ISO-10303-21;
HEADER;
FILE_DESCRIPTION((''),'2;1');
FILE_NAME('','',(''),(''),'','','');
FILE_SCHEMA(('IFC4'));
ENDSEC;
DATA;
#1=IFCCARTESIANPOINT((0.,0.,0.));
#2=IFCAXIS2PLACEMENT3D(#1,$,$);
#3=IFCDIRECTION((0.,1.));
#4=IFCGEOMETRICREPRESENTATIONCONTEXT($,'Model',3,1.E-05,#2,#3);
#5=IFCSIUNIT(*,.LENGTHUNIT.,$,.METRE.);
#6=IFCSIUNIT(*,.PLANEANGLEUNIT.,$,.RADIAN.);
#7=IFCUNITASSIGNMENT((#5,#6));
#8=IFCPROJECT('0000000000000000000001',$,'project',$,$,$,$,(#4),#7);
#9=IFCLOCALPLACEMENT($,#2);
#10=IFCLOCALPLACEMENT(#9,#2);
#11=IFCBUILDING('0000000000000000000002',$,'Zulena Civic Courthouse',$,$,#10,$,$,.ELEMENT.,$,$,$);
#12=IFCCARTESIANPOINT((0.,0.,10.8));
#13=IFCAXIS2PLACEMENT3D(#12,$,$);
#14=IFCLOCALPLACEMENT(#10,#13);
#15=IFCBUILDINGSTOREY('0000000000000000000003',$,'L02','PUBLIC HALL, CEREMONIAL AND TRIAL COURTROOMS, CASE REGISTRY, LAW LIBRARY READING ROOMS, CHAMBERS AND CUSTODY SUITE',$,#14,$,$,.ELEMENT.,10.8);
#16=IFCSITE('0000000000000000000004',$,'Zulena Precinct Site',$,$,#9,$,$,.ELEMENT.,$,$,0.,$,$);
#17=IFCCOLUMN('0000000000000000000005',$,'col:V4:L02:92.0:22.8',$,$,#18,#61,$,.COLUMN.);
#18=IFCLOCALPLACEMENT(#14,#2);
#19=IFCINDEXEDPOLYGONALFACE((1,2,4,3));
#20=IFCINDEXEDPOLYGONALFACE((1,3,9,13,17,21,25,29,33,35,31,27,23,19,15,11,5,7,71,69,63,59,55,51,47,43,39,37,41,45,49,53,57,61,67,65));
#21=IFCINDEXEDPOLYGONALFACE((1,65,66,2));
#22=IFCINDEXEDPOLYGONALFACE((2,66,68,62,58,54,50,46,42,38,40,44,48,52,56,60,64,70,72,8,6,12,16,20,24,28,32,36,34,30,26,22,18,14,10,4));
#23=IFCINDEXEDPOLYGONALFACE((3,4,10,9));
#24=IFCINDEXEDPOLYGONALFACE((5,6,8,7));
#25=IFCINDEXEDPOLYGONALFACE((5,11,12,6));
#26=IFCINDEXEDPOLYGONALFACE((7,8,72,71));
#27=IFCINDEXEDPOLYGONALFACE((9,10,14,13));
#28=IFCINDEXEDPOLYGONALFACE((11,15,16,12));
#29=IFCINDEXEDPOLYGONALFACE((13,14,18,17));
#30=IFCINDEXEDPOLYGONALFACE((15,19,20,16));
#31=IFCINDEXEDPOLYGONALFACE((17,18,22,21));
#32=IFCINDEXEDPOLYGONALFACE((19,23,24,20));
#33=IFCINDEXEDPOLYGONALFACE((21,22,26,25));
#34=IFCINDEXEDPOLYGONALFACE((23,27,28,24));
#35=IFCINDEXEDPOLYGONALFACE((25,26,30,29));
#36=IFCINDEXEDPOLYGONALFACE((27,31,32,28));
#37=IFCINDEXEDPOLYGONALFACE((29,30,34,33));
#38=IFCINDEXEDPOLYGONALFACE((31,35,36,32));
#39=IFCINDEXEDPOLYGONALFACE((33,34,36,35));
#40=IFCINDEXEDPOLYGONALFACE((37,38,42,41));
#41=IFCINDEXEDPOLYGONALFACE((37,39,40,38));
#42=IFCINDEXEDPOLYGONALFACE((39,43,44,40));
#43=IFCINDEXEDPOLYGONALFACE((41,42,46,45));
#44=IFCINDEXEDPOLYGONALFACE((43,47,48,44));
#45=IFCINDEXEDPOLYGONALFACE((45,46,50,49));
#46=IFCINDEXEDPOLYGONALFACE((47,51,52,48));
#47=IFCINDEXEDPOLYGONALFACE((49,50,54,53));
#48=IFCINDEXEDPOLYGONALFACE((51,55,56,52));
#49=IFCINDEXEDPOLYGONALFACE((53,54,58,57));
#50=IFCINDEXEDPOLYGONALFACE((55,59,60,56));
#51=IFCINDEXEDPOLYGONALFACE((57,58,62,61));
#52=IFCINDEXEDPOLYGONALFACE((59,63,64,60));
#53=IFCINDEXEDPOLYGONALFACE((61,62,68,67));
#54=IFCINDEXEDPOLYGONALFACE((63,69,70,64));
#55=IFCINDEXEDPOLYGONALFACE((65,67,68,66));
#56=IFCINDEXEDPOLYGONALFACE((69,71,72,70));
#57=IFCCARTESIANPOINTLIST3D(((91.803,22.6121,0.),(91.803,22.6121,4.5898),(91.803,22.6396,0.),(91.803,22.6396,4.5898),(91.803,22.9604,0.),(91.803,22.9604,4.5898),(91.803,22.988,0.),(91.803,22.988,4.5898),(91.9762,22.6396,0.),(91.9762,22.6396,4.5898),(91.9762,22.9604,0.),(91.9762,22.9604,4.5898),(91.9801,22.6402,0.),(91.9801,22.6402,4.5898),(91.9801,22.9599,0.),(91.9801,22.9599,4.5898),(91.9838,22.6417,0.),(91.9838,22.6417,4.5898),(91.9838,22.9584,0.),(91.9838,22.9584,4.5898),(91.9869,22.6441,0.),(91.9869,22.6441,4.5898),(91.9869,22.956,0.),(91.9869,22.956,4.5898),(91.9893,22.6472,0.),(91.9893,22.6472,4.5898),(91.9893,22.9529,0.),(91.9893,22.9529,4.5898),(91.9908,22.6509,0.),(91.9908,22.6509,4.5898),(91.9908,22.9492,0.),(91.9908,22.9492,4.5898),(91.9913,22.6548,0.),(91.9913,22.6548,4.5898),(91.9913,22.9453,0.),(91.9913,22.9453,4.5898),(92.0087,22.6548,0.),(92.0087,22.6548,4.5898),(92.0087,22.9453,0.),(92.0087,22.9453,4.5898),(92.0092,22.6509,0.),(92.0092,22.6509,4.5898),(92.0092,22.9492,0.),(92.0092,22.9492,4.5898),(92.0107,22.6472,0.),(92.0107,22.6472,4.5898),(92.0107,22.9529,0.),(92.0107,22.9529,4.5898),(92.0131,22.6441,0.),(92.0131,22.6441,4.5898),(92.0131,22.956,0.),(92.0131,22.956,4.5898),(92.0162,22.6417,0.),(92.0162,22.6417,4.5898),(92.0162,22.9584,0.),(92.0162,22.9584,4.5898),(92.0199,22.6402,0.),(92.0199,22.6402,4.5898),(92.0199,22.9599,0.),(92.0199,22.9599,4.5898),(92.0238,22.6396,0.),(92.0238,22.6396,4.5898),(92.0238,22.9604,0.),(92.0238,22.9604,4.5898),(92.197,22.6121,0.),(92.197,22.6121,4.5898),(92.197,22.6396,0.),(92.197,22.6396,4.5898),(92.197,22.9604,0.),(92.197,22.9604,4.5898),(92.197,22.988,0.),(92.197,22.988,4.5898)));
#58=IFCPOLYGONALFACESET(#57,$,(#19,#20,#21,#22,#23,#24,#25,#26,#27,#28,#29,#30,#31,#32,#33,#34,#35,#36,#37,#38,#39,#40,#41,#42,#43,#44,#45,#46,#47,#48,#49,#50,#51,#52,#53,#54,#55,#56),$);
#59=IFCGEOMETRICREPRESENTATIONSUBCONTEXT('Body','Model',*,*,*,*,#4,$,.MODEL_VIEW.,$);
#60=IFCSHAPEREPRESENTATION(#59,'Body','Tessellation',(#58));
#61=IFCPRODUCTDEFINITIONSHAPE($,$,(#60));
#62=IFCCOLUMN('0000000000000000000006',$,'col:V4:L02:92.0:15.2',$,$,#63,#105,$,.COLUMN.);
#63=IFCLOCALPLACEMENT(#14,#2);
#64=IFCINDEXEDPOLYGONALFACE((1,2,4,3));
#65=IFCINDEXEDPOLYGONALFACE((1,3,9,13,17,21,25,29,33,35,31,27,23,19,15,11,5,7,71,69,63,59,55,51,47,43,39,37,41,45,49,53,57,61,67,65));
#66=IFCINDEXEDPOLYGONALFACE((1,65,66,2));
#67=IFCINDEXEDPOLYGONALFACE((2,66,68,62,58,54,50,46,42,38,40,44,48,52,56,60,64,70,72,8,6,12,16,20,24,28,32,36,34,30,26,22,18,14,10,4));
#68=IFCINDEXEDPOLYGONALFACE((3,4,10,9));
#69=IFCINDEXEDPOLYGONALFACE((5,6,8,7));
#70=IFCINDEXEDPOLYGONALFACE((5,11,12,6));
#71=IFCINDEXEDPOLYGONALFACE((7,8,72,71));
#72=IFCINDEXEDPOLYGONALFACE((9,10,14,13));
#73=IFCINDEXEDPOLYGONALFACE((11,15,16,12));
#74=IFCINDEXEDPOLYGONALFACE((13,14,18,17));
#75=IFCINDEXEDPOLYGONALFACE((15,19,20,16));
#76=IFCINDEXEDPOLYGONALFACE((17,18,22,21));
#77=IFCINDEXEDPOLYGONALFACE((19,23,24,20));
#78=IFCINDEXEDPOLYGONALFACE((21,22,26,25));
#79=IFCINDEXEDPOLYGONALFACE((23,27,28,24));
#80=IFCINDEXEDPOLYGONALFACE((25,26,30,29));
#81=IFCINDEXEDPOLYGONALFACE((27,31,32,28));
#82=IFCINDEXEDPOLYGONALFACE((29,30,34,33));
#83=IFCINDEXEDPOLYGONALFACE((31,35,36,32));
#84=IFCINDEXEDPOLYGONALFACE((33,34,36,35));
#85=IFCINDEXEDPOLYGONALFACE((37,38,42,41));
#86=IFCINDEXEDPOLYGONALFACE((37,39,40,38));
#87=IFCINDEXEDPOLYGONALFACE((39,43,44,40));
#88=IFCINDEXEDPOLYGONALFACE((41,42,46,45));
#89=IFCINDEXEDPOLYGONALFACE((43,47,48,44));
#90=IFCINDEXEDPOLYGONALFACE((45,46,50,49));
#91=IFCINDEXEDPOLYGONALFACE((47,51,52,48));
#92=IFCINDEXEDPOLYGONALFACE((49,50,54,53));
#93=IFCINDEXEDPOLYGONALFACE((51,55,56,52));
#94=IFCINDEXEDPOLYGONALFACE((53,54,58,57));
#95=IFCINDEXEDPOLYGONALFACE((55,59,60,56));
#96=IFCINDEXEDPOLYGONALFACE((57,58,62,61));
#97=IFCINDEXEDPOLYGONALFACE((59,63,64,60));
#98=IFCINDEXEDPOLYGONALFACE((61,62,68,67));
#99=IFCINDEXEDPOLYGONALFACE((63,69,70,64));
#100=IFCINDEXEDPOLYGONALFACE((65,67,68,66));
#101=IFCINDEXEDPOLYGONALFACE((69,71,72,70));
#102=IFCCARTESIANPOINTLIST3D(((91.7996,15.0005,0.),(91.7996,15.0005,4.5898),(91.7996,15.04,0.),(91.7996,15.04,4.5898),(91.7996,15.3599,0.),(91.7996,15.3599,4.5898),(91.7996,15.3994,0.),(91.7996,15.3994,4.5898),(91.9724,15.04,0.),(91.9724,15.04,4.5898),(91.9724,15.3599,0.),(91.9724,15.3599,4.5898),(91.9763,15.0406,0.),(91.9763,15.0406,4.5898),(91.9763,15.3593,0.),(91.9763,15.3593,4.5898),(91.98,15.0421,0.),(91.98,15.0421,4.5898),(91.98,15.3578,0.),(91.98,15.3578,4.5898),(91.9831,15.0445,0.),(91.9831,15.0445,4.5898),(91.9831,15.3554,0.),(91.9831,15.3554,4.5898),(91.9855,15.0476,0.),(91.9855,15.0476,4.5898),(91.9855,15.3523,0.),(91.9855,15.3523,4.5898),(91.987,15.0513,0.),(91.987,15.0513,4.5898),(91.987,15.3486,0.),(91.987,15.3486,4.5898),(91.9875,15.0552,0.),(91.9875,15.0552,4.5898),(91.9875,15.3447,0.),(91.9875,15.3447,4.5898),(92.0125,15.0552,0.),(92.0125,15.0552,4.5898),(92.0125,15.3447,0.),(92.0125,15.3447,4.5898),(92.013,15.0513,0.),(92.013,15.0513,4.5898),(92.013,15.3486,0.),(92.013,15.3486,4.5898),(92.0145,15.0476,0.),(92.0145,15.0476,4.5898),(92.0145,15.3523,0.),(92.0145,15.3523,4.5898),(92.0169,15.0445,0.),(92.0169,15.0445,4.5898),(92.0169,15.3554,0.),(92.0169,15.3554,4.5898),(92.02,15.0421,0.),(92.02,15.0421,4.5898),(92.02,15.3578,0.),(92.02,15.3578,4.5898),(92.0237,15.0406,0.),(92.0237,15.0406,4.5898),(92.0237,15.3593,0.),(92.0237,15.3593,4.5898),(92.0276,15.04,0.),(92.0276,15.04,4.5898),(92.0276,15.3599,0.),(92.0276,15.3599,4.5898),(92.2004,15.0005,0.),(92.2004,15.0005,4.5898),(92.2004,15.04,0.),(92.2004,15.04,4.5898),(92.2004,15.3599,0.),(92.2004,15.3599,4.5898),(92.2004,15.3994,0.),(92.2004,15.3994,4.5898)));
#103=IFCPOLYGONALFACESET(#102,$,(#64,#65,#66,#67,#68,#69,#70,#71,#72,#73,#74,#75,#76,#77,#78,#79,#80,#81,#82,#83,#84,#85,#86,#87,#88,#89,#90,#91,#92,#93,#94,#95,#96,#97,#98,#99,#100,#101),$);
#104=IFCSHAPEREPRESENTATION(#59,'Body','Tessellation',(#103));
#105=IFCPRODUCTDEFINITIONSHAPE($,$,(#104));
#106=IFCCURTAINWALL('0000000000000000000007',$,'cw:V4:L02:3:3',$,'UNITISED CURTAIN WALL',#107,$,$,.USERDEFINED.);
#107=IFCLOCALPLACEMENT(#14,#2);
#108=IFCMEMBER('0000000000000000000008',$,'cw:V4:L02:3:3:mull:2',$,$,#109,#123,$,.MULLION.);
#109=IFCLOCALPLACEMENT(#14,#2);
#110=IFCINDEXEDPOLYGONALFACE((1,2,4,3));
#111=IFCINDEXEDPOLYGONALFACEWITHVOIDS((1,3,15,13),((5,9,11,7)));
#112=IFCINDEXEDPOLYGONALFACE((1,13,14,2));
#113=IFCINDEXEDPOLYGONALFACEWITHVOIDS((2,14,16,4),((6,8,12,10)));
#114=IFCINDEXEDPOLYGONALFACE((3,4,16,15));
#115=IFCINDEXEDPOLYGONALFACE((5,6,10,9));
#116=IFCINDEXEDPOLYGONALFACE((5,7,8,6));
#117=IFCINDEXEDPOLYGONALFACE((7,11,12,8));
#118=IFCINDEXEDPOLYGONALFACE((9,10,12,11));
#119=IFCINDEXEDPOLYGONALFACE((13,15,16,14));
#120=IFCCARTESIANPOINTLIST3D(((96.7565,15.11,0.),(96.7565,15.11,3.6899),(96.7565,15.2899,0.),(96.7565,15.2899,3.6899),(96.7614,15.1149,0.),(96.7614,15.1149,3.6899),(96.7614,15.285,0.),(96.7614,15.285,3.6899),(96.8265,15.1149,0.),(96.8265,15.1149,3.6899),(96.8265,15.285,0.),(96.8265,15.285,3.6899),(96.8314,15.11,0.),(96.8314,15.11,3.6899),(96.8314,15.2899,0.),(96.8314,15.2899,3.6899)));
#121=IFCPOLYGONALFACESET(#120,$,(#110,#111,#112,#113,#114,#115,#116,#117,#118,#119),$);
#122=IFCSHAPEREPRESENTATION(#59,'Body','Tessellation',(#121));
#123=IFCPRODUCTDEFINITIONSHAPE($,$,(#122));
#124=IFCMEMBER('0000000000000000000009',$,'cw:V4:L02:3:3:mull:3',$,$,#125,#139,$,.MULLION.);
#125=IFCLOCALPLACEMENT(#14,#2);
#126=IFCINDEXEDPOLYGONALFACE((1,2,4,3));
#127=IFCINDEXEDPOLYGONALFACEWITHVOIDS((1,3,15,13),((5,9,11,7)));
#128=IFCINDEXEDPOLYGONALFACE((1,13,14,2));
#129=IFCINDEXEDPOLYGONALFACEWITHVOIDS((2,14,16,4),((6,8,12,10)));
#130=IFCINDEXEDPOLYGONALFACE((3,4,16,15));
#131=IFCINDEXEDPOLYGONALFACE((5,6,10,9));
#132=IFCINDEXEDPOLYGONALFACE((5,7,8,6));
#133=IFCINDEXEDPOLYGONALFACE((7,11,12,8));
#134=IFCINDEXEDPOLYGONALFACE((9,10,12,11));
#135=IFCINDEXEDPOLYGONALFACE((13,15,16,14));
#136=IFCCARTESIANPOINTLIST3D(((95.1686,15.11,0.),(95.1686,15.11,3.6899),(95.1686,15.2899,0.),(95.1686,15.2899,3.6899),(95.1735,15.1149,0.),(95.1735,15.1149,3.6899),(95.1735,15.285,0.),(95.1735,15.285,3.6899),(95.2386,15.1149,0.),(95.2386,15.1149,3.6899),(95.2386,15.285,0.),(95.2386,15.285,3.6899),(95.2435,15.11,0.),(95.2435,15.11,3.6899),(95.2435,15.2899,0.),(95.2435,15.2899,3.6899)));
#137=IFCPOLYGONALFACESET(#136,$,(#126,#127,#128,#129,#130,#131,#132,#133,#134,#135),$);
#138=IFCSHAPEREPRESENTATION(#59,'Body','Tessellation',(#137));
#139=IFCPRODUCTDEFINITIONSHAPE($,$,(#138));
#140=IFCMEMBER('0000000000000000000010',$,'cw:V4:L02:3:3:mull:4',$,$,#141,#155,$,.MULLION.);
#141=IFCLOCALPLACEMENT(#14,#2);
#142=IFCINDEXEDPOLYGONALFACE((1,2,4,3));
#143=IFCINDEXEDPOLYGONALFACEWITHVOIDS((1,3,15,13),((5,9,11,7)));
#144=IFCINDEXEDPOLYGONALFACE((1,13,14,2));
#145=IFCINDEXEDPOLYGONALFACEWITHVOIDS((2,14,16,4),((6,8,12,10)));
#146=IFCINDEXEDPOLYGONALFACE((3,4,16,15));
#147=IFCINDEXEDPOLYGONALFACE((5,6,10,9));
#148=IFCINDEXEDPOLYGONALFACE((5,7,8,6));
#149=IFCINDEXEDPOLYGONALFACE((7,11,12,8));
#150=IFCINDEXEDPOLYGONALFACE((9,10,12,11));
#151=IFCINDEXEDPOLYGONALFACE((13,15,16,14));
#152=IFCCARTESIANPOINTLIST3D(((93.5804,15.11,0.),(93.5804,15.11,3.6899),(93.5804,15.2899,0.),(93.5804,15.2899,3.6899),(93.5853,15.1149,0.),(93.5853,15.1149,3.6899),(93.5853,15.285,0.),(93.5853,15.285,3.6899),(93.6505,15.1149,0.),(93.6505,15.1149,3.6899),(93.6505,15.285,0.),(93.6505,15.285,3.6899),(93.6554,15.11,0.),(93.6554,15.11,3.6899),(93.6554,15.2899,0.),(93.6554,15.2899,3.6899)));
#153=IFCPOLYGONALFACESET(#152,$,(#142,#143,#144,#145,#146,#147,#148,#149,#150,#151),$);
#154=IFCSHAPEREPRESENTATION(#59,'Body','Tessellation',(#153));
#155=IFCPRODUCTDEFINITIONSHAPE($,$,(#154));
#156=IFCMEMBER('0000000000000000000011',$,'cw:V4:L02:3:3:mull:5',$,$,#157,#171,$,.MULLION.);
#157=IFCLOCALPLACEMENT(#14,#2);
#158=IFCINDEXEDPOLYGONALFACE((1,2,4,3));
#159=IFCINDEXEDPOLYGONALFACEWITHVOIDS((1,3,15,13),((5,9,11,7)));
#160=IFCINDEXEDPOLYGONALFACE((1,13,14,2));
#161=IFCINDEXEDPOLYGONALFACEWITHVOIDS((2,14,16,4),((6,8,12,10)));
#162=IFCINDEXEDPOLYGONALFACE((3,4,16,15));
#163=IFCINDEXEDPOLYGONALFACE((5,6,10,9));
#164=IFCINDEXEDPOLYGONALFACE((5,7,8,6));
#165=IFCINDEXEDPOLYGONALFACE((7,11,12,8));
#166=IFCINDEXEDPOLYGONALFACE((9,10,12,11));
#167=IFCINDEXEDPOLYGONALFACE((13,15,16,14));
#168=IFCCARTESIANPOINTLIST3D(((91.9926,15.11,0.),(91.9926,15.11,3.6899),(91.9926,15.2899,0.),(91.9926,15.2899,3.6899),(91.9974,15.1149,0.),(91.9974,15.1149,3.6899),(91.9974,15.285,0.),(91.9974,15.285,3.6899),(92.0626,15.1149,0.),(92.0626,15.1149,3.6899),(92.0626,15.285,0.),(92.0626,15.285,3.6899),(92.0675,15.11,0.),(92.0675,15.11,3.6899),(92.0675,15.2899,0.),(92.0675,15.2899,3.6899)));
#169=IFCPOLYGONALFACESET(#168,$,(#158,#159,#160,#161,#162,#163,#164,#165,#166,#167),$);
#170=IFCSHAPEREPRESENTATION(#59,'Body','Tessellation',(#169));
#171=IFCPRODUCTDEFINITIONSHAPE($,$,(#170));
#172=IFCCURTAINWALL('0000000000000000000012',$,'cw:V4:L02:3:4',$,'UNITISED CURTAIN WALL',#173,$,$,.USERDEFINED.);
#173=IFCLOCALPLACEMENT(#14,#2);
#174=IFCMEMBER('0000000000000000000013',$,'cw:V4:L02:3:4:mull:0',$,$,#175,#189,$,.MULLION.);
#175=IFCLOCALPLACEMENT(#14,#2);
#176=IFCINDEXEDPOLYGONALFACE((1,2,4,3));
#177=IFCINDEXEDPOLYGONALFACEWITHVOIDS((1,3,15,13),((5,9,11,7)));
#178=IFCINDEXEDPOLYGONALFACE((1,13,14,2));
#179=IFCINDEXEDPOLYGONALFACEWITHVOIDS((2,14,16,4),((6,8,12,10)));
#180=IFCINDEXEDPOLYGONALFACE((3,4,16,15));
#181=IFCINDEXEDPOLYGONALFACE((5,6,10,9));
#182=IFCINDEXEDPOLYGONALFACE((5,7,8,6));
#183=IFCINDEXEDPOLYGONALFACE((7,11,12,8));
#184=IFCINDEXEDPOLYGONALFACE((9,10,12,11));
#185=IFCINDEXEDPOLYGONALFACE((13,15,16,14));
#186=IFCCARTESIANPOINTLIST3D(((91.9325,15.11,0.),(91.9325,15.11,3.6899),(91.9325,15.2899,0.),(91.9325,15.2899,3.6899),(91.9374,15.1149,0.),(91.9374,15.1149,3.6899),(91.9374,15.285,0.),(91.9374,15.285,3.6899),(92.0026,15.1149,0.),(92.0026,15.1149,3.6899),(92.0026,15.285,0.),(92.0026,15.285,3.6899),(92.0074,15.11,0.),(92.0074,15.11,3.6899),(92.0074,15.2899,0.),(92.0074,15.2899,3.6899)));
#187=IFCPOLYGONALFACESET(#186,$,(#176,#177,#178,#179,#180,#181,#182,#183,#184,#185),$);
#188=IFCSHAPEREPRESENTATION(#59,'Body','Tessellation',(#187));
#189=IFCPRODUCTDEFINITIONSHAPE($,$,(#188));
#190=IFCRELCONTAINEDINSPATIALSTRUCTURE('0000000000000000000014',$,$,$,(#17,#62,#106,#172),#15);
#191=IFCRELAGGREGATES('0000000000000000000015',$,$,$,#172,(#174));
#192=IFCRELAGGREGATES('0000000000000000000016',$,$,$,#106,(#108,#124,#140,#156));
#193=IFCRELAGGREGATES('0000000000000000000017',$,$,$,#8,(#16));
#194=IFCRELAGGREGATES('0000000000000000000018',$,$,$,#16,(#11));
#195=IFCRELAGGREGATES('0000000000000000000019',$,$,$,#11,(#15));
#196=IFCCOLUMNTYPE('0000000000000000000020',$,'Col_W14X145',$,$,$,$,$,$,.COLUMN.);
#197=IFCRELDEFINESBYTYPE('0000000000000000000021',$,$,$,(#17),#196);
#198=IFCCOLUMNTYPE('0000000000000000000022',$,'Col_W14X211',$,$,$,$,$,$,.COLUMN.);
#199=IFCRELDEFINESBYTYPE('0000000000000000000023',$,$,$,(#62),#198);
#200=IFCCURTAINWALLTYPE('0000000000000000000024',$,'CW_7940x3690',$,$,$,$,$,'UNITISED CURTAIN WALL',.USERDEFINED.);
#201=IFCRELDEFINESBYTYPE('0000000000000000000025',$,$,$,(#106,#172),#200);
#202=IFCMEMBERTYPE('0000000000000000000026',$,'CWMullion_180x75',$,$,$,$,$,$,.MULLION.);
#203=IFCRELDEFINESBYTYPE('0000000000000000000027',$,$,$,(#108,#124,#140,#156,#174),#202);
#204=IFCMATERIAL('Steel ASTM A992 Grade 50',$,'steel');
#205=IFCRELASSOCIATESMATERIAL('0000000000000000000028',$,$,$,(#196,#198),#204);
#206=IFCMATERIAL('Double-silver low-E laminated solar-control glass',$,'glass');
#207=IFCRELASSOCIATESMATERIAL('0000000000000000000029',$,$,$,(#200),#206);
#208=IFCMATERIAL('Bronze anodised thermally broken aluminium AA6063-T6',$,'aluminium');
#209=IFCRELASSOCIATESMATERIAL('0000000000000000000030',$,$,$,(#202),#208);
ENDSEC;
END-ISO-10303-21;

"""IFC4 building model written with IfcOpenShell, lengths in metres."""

from ifc_helpers import new_model, si_unit, direction, frame, origin, origin_2d, place, context, subcontext, project, spatial, hollow_rectangle, i_section, extrude, material, material_profile, profile_set, type_object, element, aggregate, save


model = new_model("IFC4")

# Units and contexts
model_context = context("Model", 3, precision=1e-05, world=origin(), true_north=direction((0.0, 1.0)))
body_context = subcontext(model_context, "Body", "Model", "MODEL_VIEW")
ifc_project = project(units=[si_unit("LENGTHUNIT", "METRE"), si_unit("PLANEANGLEUNIT", "RADIAN")], contexts=[model_context])

# Site, building, storey
site_placement = place(None, origin())
site = spatial("IfcSite", under=ifc_project, at=site_placement, Name="Zulena Precinct Site", CompositionType="ELEMENT", RefElevation=0.0)
building_placement = place(site_placement, origin())
building = spatial("IfcBuilding", under=site, at=building_placement, Name="Zulena Civic Courthouse", CompositionType="ELEMENT")
storey_placement = place(building_placement, frame((0.0, 0.0, 10.8)))
storey = spatial("IfcBuildingStorey", under=building, at=storey_placement, Name="L02", Description="PUBLIC HALL, CEREMONIAL AND TRIAL COURTROOMS, CASE REGISTRY, LAW LIBRARY READING ROOMS, CHAMBERS AND CUSTODY SUITE", CompositionType="ELEMENT", Elevation=10.8)

# Columns
ifc_material_1 = material(Name="Steel ASTM A992 Grade 50", Category="steel")
ifc_material_profile_1 = material_profile(ifc_material_1, i_section(OverallWidth=0.394, OverallDepth=0.376, WebThickness=0.0173, FlangeThickness=0.0276, FilletRadius=0.0151, at=origin_2d()), Name="W14X145")
ifc_profile_set_1 = profile_set([ifc_material_profile_1], Name="Steel ASTM A992 Grade 50")
column_type_1 = type_object("IfcColumnType", Name="Col_W14X145", PredefinedType="COLUMN", material=ifc_profile_set_1)
column_1_placement = place(storey_placement, frame((92.0, 22.8, 0.0), z_axis=(0.0, 0.0, 1.0), x_axis=(1.0, 0.0, 0.0)))
element("IfcColumn", 1, at=column_1_placement, inside=storey, type_object=column_type_1, Name="col:V4:L02:92.0:22.8", PredefinedType="COLUMN", context=body_context, shape_type="SweptSolid", body=[
    extrude(i_section(OverallWidth=0.394, OverallDepth=0.376, WebThickness=0.0173, FlangeThickness=0.0276, FilletRadius=0.0151, at=origin_2d()), origin(), (0.0, 0.0, 1.0), 4.5898),
])
ifc_material_profile_2 = material_profile(ifc_material_1, i_section(OverallWidth=0.4009, OverallDepth=0.3989, WebThickness=0.0249, FlangeThickness=0.0396, FilletRadius=0.0151, at=origin_2d()), Name="W14X211")
ifc_profile_set_2 = profile_set([ifc_material_profile_2], Name="Steel ASTM A992 Grade 50")
column_type_2 = type_object("IfcColumnType", Name="Col_W14X211", PredefinedType="COLUMN", material=ifc_profile_set_2)
column_2_placement = place(storey_placement, frame((92.0, 15.2, 0.0), z_axis=(0.0, 0.0, 1.0), x_axis=(1.0, 0.0, 0.0)))
element("IfcColumn", 2, at=column_2_placement, inside=storey, type_object=column_type_2, Name="col:V4:L02:92.0:15.2", PredefinedType="COLUMN", context=body_context, shape_type="SweptSolid", body=[
    extrude(i_section(OverallWidth=0.4009, OverallDepth=0.3989, WebThickness=0.0249, FlangeThickness=0.0396, FilletRadius=0.0151, at=origin_2d()), origin(), (0.0, 0.0, 1.0), 4.5898),
])

# Curtain walls, members
ifc_material_2 = material(Name="Double-silver low-E laminated solar-control glass", Category="glass")
curtain_wall_type = type_object("IfcCurtainWallType", Name="CW_7940x3690", ElementType="UNITISED CURTAIN WALL", PredefinedType="USERDEFINED", material=ifc_material_2)
curtain_wall_1_placement = place(storey_placement, origin())
curtain_wall_1 = element("IfcCurtainWall", 3, at=curtain_wall_1_placement, inside=storey, type_object=curtain_wall_type, Name="cw:V4:L02:3:3", ObjectType="UNITISED CURTAIN WALL", PredefinedType="USERDEFINED")
ifc_material_3 = material(Name="Bronze anodised thermally broken aluminium AA6063-T6", Category="aluminium")
ifc_material_profile_3 = material_profile(ifc_material_3, hollow_rectangle(XDim=0.075, YDim=0.1799, WallThickness=0.0049, at=origin_2d()), Name="CWM180X75X5")
ifc_profile_set_3 = profile_set([ifc_material_profile_3], Name="Bronze anodised thermally broken aluminium AA6063-T6")
member_type_1 = type_object("IfcMemberType", Name="CWMullion_180x75", PredefinedType="MULLION", material=ifc_profile_set_3)
member_1_placement = place(storey_placement, frame((96.7939, 15.2, 0.0), z_axis=(0.0, 0.0, 1.0), x_axis=(1.0, 0.0, 0.0)))
member_1 = element("IfcMember", 4, at=member_1_placement, type_object=member_type_1, Name="cw:V4:L02:3:3:mull:2", PredefinedType="MULLION", context=body_context, shape_type="SweptSolid", body=[
    extrude(hollow_rectangle(XDim=0.075, YDim=0.1799, WallThickness=0.0049, at=origin_2d()), origin(), (0.0, 0.0, 1.0), 3.6899),
])
member_2_placement = place(storey_placement, frame((95.2061, 15.2, 0.0), z_axis=(0.0, 0.0, 1.0), x_axis=(1.0, 0.0, 0.0)))
member_2 = element("IfcMember", 5, at=member_2_placement, type_object=member_type_1, Name="cw:V4:L02:3:3:mull:3", PredefinedType="MULLION", context=body_context, shape_type="SweptSolid", body=[
    extrude(hollow_rectangle(XDim=0.075, YDim=0.1799, WallThickness=0.0049, at=origin_2d()), origin(), (0.0, 0.0, 1.0), 3.6899),
])
member_3_placement = place(storey_placement, frame((93.6179, 15.2, 0.0), z_axis=(0.0, 0.0, 1.0), x_axis=(1.0, 0.0, 0.0)))
member_3 = element("IfcMember", 6, at=member_3_placement, type_object=member_type_1, Name="cw:V4:L02:3:3:mull:4", PredefinedType="MULLION", context=body_context, shape_type="SweptSolid", body=[
    extrude(hollow_rectangle(XDim=0.075, YDim=0.1799, WallThickness=0.0049, at=origin_2d()), origin(), (0.0, 0.0, 1.0), 3.6899),
])
member_4_placement = place(storey_placement, frame((92.03, 15.2, 0.0), z_axis=(0.0, 0.0, 1.0), x_axis=(1.0, 0.0, 0.0)))
member_4 = element("IfcMember", 7, at=member_4_placement, type_object=member_type_1, Name="cw:V4:L02:3:3:mull:5", PredefinedType="MULLION", context=body_context, shape_type="SweptSolid", body=[
    extrude(hollow_rectangle(XDim=0.075, YDim=0.1799, WallThickness=0.0049, at=origin_2d()), origin(), (0.0, 0.0, 1.0), 3.6899),
])
curtain_wall_2_placement = place(storey_placement, origin())
curtain_wall_2 = element("IfcCurtainWall", 8, at=curtain_wall_2_placement, inside=storey, type_object=curtain_wall_type, Name="cw:V4:L02:3:4", ObjectType="UNITISED CURTAIN WALL", PredefinedType="USERDEFINED")
member_5_placement = place(storey_placement, frame((91.97, 15.2, 0.0), z_axis=(0.0, 0.0, 1.0), x_axis=(1.0, 0.0, 0.0)))
member_5 = element("IfcMember", 9, at=member_5_placement, type_object=member_type_1, Name="cw:V4:L02:3:4:mull:0", PredefinedType="MULLION", context=body_context, shape_type="SweptSolid", body=[
    extrude(hollow_rectangle(XDim=0.075, YDim=0.1799, WallThickness=0.0049, at=origin_2d()), origin(), (0.0, 0.0, 1.0), 3.6899),
])
aggregate(curtain_wall_2, [member_5])

aggregate(curtain_wall_1, [member_1, member_2, member_3, member_4])

save(model, "model.ifc")
